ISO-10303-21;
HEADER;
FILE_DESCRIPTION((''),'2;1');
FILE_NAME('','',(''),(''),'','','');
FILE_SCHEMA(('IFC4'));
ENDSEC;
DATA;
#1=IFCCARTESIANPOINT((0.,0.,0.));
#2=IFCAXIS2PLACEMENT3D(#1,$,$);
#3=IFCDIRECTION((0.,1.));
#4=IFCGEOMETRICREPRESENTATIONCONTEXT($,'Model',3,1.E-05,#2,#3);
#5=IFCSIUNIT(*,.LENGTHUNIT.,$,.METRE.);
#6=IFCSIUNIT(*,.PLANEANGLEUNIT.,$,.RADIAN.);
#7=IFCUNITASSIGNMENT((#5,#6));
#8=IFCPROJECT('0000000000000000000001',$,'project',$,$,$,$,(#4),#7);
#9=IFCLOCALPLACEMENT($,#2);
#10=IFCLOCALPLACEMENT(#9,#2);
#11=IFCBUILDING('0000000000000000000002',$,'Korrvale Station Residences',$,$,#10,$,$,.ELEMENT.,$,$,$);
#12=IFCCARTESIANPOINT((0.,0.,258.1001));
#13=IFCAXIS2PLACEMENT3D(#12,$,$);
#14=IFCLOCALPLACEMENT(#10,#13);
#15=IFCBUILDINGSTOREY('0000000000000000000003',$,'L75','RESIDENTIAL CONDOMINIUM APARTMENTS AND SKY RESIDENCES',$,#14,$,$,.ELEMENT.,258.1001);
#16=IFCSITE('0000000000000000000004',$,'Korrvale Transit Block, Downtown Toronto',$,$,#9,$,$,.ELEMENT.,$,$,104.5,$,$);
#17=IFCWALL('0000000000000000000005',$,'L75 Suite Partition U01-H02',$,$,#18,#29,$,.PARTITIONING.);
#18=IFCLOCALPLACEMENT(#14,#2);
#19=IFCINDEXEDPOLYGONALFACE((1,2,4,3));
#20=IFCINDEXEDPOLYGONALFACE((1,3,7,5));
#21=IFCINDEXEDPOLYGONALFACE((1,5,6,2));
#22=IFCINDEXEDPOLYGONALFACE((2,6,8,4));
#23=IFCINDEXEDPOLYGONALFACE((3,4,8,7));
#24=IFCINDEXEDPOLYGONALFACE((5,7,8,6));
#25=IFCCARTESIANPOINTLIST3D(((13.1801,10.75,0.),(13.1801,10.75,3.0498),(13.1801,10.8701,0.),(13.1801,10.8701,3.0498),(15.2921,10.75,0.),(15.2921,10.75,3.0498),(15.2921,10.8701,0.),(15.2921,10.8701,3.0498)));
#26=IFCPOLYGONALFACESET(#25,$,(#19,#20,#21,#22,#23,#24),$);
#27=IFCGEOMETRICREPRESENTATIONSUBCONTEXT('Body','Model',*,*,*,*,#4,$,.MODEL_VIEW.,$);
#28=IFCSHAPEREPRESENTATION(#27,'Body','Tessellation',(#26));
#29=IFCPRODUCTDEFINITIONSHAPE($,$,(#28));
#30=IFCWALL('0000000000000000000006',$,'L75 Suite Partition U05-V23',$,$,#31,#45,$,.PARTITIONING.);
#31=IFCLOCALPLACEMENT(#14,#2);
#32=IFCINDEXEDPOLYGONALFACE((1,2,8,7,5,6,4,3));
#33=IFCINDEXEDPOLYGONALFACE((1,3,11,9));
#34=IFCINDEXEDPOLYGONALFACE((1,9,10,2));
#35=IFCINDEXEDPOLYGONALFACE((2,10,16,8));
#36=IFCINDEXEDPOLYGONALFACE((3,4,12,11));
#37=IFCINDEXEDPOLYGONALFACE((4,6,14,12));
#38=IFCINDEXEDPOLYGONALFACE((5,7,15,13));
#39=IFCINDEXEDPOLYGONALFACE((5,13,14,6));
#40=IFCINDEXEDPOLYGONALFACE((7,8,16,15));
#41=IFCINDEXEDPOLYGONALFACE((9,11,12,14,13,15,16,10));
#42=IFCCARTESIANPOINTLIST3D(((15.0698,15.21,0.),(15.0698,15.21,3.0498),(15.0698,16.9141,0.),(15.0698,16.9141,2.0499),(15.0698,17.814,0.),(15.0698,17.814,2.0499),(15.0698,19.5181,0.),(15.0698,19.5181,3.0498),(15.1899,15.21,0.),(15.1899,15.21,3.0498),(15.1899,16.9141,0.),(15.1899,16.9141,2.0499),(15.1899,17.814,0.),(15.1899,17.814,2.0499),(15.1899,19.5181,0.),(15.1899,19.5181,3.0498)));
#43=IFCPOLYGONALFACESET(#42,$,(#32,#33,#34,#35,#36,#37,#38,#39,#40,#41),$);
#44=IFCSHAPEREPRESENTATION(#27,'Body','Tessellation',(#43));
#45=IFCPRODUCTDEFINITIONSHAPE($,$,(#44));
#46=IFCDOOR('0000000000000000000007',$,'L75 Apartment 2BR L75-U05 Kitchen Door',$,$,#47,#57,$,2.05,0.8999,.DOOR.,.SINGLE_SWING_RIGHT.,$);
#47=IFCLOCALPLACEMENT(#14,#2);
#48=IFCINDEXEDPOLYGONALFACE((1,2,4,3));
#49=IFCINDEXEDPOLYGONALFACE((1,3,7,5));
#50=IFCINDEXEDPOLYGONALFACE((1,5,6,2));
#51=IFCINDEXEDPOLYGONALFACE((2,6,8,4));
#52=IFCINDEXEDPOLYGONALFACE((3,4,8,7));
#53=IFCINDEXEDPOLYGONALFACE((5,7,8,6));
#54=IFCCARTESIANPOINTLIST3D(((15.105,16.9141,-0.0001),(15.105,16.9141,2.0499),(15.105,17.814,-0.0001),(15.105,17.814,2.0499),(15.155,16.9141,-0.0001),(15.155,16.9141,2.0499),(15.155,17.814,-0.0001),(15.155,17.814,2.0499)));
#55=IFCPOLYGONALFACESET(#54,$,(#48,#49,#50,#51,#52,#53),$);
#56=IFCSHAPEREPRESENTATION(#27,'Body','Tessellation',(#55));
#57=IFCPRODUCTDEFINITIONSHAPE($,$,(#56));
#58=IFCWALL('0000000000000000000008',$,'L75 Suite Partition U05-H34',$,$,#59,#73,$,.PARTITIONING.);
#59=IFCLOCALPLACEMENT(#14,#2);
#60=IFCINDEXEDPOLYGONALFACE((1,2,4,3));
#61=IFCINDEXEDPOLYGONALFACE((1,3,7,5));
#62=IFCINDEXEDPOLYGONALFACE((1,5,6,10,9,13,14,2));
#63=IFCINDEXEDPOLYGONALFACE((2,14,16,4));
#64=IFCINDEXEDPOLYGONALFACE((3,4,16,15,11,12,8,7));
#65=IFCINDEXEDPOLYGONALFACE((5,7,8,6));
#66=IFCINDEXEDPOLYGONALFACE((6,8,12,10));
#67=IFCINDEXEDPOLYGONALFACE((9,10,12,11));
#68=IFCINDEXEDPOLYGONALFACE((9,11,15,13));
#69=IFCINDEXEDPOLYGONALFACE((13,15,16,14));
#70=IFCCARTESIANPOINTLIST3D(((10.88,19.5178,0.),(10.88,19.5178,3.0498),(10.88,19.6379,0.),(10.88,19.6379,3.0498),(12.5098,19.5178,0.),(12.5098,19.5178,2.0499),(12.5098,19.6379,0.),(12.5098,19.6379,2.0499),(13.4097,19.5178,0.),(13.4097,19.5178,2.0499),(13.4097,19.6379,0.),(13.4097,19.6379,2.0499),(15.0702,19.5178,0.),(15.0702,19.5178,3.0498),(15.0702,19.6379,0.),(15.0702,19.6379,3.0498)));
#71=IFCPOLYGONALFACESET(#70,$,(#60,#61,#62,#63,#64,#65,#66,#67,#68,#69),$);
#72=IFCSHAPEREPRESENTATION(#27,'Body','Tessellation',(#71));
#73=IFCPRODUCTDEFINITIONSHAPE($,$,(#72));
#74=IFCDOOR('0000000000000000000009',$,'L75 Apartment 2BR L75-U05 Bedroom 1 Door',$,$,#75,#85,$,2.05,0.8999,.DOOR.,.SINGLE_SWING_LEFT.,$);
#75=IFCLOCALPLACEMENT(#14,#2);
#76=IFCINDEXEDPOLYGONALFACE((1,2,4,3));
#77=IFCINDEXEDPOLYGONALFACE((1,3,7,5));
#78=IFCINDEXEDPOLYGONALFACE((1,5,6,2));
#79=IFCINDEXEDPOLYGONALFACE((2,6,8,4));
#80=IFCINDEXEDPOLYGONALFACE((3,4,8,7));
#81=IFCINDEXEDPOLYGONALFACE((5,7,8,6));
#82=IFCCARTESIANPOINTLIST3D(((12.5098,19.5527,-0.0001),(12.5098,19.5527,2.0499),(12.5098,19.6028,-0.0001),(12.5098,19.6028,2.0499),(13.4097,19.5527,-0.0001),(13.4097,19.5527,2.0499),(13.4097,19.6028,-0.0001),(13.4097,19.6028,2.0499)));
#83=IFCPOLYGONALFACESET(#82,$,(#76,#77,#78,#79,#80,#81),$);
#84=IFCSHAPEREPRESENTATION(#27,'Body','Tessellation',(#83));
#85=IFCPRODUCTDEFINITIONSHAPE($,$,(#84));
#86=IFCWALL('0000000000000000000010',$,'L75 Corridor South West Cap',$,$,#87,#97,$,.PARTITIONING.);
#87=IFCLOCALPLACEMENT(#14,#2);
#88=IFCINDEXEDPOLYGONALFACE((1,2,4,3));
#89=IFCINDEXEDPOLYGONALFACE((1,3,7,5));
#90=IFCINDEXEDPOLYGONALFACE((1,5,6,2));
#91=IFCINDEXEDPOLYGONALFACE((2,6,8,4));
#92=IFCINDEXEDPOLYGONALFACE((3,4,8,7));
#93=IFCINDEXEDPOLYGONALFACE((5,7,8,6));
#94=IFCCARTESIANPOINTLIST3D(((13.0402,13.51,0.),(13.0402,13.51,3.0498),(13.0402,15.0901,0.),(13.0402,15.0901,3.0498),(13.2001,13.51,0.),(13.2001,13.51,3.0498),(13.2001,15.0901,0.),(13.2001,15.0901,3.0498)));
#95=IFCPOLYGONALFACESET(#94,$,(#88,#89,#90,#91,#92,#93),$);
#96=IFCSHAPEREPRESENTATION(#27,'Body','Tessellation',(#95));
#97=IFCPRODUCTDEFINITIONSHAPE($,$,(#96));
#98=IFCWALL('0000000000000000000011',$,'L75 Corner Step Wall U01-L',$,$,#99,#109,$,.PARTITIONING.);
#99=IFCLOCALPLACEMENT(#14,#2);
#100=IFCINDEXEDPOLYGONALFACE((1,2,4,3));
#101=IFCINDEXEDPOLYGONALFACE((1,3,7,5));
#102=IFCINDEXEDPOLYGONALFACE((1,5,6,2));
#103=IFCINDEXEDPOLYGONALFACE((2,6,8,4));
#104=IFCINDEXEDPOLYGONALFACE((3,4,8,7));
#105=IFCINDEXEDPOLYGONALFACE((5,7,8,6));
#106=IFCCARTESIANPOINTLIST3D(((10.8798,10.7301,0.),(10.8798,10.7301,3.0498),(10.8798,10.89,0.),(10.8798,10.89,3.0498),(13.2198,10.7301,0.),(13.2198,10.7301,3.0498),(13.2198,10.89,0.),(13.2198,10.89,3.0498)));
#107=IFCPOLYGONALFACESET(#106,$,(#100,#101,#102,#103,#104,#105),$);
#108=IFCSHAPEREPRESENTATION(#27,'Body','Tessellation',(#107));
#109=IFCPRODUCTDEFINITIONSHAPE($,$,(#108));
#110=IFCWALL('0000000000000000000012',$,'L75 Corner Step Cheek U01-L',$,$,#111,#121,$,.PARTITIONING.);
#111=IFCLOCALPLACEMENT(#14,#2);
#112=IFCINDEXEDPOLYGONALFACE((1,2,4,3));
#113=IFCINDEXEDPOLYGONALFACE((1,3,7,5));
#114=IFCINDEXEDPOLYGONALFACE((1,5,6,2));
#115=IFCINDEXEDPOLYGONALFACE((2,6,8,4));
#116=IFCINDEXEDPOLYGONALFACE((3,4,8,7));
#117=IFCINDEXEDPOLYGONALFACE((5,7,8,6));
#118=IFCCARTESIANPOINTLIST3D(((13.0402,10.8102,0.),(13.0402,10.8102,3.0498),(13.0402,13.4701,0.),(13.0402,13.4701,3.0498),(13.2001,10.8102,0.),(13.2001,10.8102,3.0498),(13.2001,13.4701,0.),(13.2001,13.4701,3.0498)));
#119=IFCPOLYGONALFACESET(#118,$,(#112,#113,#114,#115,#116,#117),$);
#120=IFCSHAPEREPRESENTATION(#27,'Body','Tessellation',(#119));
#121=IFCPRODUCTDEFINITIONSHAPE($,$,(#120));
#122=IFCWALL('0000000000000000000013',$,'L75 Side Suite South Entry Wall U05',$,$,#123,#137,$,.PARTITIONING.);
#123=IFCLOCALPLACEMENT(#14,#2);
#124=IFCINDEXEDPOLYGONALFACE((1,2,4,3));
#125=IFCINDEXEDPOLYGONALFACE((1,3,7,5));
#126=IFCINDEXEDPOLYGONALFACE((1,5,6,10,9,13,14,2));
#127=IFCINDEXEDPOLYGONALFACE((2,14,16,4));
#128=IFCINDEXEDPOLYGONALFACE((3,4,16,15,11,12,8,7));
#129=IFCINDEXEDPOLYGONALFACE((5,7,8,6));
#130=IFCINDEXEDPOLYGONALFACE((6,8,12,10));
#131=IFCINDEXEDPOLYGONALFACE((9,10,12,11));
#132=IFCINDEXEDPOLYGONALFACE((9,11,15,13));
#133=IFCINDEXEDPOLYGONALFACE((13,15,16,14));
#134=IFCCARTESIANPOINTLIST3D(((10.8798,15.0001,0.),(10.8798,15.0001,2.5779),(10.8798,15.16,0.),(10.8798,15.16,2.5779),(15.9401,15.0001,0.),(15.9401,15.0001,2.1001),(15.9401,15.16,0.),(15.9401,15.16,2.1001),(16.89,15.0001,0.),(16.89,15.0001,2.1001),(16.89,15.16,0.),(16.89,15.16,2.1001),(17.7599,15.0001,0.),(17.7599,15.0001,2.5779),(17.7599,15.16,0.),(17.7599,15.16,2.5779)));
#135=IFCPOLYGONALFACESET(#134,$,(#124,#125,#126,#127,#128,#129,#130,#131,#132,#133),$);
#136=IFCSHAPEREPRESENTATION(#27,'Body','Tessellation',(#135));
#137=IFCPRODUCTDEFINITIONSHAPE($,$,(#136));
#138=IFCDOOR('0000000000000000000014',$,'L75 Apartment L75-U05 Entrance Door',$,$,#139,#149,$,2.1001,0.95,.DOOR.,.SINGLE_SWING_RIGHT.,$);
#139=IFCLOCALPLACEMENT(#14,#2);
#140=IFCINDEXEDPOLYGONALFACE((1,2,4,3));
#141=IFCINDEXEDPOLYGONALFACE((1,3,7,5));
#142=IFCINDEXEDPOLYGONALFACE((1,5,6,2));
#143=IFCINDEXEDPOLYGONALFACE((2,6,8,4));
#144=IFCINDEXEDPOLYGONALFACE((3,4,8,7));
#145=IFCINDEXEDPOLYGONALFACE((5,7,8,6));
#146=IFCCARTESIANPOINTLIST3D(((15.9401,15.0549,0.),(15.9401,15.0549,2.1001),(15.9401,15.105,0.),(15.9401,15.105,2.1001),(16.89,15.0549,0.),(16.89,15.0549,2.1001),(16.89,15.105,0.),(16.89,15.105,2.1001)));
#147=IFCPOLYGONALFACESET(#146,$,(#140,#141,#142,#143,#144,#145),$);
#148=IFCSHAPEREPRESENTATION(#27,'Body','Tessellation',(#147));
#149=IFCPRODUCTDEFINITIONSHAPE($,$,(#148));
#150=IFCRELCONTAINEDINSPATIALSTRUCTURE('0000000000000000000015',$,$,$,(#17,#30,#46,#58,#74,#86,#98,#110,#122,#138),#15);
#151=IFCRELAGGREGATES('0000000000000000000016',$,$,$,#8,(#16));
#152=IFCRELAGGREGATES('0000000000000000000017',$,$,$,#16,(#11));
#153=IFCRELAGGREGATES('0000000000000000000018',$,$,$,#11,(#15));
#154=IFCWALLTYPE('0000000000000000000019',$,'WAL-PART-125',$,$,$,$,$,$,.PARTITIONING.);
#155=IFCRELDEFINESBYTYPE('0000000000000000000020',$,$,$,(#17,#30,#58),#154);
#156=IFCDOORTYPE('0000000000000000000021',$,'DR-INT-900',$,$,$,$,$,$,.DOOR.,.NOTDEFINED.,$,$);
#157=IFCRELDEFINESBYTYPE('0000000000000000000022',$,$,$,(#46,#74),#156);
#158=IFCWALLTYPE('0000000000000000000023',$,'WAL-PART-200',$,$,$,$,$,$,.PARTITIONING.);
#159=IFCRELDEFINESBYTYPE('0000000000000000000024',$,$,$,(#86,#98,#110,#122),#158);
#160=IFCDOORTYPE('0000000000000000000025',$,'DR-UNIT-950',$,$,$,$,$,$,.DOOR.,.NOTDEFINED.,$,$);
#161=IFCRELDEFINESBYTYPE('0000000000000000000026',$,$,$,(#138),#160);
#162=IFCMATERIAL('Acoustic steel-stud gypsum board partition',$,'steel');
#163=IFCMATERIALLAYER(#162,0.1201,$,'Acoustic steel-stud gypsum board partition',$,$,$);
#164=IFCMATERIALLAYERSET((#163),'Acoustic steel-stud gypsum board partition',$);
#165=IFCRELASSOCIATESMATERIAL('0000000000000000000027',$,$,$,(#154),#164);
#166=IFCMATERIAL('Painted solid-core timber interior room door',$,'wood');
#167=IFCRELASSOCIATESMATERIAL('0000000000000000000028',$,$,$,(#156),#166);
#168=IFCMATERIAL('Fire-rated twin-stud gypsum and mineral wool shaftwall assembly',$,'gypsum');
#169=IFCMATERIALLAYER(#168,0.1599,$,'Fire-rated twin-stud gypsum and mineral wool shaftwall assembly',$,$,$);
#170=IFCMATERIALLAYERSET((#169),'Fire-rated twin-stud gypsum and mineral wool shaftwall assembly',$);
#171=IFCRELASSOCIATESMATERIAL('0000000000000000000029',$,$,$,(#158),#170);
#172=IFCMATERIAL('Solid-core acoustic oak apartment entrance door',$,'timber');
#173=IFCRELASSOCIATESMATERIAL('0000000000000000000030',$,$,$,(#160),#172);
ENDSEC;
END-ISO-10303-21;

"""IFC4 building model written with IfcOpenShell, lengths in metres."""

from ifc_helpers import new_model, si_unit, direction, frame, frame_2d, origin, place, context, subcontext, project, spatial, rectangle, extrude, material, layer, layer_set, type_object, element, fill, save


model = new_model("IFC4")

# Units and contexts
model_context = context("Model", 3, precision=1e-05, world=origin(), true_north=direction((0.0, 1.0)))
body_context = subcontext(model_context, "Body", "Model", "MODEL_VIEW")
ifc_project = project(units=[si_unit("LENGTHUNIT", "METRE"), si_unit("PLANEANGLEUNIT", "RADIAN")], contexts=[model_context])

# Site, building, storey
site_placement = place(None, origin())
site = spatial("IfcSite", under=ifc_project, at=site_placement, Name="Korrvale Transit Block, Downtown Toronto", CompositionType="ELEMENT", RefElevation=104.5)
building_placement = place(site_placement, origin())
building = spatial("IfcBuilding", under=site, at=building_placement, Name="Korrvale Station Residences", CompositionType="ELEMENT")
storey_placement = place(building_placement, frame((0.0, 0.0, 258.1001)))
storey = spatial("IfcBuildingStorey", under=building, at=storey_placement, Name="L75", Description="RESIDENTIAL CONDOMINIUM APARTMENTS AND SKY RESIDENCES", CompositionType="ELEMENT", Elevation=258.1001)

# Wall
ifc_material_1 = material(Name="Acoustic steel-stud gypsum board partition", Category="steel")
ifc_layer_1 = layer(ifc_material_1, 0.1201, Name="Acoustic steel-stud gypsum board partition")
ifc_layer_set_1 = layer_set([ifc_layer_1], Name="Acoustic steel-stud gypsum board partition")
wall_type_1 = type_object("IfcWallType", Name="WAL-PART-125", PredefinedType="PARTITIONING", material=ifc_layer_set_1)
wall_1_placement = place(storey_placement, frame((13.1799, 10.8101, 0.0), z_axis=(0.0, 0.0, 1.0), x_axis=(1.0, 0.0, 0.0)))
element("IfcWall", 1, at=wall_1_placement, inside=storey, type_object=wall_type_1, Name="L75 Suite Partition U01-H02", PredefinedType="PARTITIONING", context=body_context, shape_type="SweptSolid", body=[
    extrude(rectangle(XDim=2.1121, YDim=0.1201, at=frame_2d((1.0562, 0.0))), origin(), (0.0, 0.0, 1.0), 3.0498),
])

# Walls, openings, doors
wall_2_placement = place(storey_placement, frame((15.1299, 15.21, 0.0), z_axis=(0.0, 0.0, 1.0), x_axis=(0.0, 1.0, 0.0)))
wall_2 = element("IfcWall", 2, at=wall_2_placement, inside=storey, type_object=wall_type_1, Name="L75 Suite Partition U05-V23", PredefinedType="PARTITIONING", context=body_context, shape_type="SweptSolid", body=[
    extrude(rectangle(XDim=4.3081, YDim=0.1201, at=frame_2d((2.1541, 0.0))), origin(), (0.0, 0.0, 1.0), 3.0498),
])
opening_1_placement = place(wall_2_placement, frame((1.7041, 0.0, 0.0)))
opening_1 = element("IfcOpeningElement", 3, at=opening_1_placement, cuts=wall_2, PredefinedType="OPENING", context=body_context, shape_type="SweptSolid", body=[
    extrude(rectangle(XDim=0.8999, YDim=2.05, at=frame_2d((0.45, 1.0249))), frame((0.0, 0.0701, 0.0), z_axis=(0.0, -1.0, 0.0), x_axis=(1.0, 0.0, 0.0)), (0.0, 0.0, 1.0), 0.1401),
])
ifc_material_2 = material(Name="Painted solid-core timber interior room door", Category="wood")
door_type_1 = type_object("IfcDoorType", Name="DR-INT-900", OperationType="NOTDEFINED", PredefinedType="DOOR", material=ifc_material_2)
door_1_placement = place(opening_1_placement, origin())
door_1 = element("IfcDoor", 4, at=door_1_placement, inside=storey, type_object=door_type_1, Name="L75 Apartment 2BR L75-U05 Kitchen Door", OperationType="SINGLE_SWING_RIGHT", OverallHeight=2.05, OverallWidth=0.8999, PredefinedType="DOOR", context=body_context, shape_type="SweptSolid", body=[
    extrude(rectangle(XDim=0.8999, YDim=2.05, at=frame_2d((0.45, 1.0249))), frame((0.0, 0.0249, 0.0), z_axis=(0.0, -1.0, 0.0), x_axis=(1.0, 0.0, 0.0)), (0.0, 0.0, 1.0), 0.05),
])
fill(opening_1, door_1)
wall_3_placement = place(storey_placement, frame((10.8799, 19.5779, 0.0), z_axis=(0.0, 0.0, 1.0), x_axis=(1.0, 0.0, 0.0)))
wall_3 = element("IfcWall", 5, at=wall_3_placement, inside=storey, type_object=wall_type_1, Name="L75 Suite Partition U05-H34", PredefinedType="PARTITIONING", context=body_context, shape_type="SweptSolid", body=[
    extrude(rectangle(XDim=4.1902, YDim=0.1201, at=frame_2d((2.0952, 0.0))), origin(), (0.0, 0.0, 1.0), 3.0498),
])
opening_2_placement = place(wall_3_placement, frame((1.6299, 0.0, 0.0)))
opening_2 = element("IfcOpeningElement", 6, at=opening_2_placement, cuts=wall_3, PredefinedType="OPENING", context=body_context, shape_type="SweptSolid", body=[
    extrude(rectangle(XDim=0.8999, YDim=2.05, at=frame_2d((0.45, 1.0249))), frame((0.0, 0.0701, 0.0), z_axis=(0.0, -1.0, 0.0), x_axis=(1.0, 0.0, 0.0)), (0.0, 0.0, 1.0), 0.1401),
])
door_2_placement = place(opening_2_placement, origin())
door_2 = element("IfcDoor", 7, at=door_2_placement, inside=storey, type_object=door_type_1, Name="L75 Apartment 2BR L75-U05 Bedroom 1 Door", OperationType="SINGLE_SWING_LEFT", OverallHeight=2.05, OverallWidth=0.8999, PredefinedType="DOOR", context=body_context, shape_type="SweptSolid", body=[
    extrude(rectangle(XDim=0.8999, YDim=2.05, at=frame_2d((0.45, 1.0249))), frame((0.0, 0.0249, 0.0), z_axis=(0.0, -1.0, 0.0), x_axis=(1.0, 0.0, 0.0)), (0.0, 0.0, 1.0), 0.05),
])
fill(opening_2, door_2)

# Walls
ifc_material_3 = material(Name="Fire-rated twin-stud gypsum and mineral wool shaftwall assembly", Category="gypsum")
ifc_layer_2 = layer(ifc_material_3, 0.1599, Name="Fire-rated twin-stud gypsum and mineral wool shaftwall assembly")
ifc_layer_set_2 = layer_set([ifc_layer_2], Name="Fire-rated twin-stud gypsum and mineral wool shaftwall assembly")
wall_type_2 = type_object("IfcWallType", Name="WAL-PART-200", PredefinedType="PARTITIONING", material=ifc_layer_set_2)
wall_4_placement = place(storey_placement, frame((13.1201, 13.51, 0.0), z_axis=(0.0, 0.0, 1.0), x_axis=(0.0, 1.0, 0.0)))
element("IfcWall", 8, at=wall_4_placement, inside=storey, type_object=wall_type_2, Name="L75 Corridor South West Cap", PredefinedType="PARTITIONING", context=body_context, shape_type="SweptSolid", body=[
    extrude(rectangle(XDim=1.5801, YDim=0.1599, at=frame_2d((0.79, 0.0))), origin(), (0.0, 0.0, 1.0), 3.0498),
])
wall_5_placement = place(storey_placement, frame((10.8799, 10.8101, 0.0), z_axis=(0.0, 0.0, 1.0), x_axis=(1.0, 0.0, 0.0)))
element("IfcWall", 9, at=wall_5_placement, inside=storey, type_object=wall_type_2, Name="L75 Corner Step Wall U01-L", PredefinedType="PARTITIONING", context=body_context, shape_type="SweptSolid", body=[
    extrude(rectangle(XDim=2.3401, YDim=0.1599, at=frame_2d((1.1699, 0.0))), origin(), (0.0, 0.0, 1.0), 3.0498),
])
wall_6_placement = place(storey_placement, frame((13.1201, 10.8101, 0.0), z_axis=(0.0, 0.0, 1.0), x_axis=(0.0, 1.0, 0.0)))
element("IfcWall", 10, at=wall_6_placement, inside=storey, type_object=wall_type_2, Name="L75 Corner Step Cheek U01-L", PredefinedType="PARTITIONING", context=body_context, shape_type="SweptSolid", body=[
    extrude(rectangle(XDim=2.6599, YDim=0.1599, at=frame_2d((1.3301, 0.0))), origin(), (0.0, 0.0, 1.0), 3.0498),
])

# Wall, opening, door
wall_7_placement = place(storey_placement, frame((10.8799, 15.0801, 0.0), z_axis=(0.0, 0.0, 1.0), x_axis=(1.0, 0.0, 0.0)))
wall_7 = element("IfcWall", 11, at=wall_7_placement, inside=storey, type_object=wall_type_2, Name="L75 Side Suite South Entry Wall U05", PredefinedType="PARTITIONING", context=body_context, shape_type="SweptSolid", body=[
    extrude(rectangle(XDim=6.8801, YDim=0.1599, at=frame_2d((3.4399, 0.0))), origin(), (0.0, 0.0, 1.0), 2.5779),
])
opening_3_placement = place(wall_7_placement, frame((5.0601, 0.0, 0.0)))
opening_3 = element("IfcOpeningElement", 12, at=opening_3_placement, cuts=wall_7, PredefinedType="OPENING", context=body_context, shape_type="SweptSolid", body=[
    extrude(rectangle(XDim=0.95, YDim=2.1001, at=frame_2d((0.4751, 1.05))), frame((0.0, 0.0898, 0.0), z_axis=(0.0, -1.0, 0.0), x_axis=(1.0, 0.0, 0.0)), (0.0, 0.0, 1.0), 0.1799),
])
ifc_material_4 = material(Name="Solid-core acoustic oak apartment entrance door", Category="timber")
door_type_2 = type_object("IfcDoorType", Name="DR-UNIT-950", OperationType="NOTDEFINED", PredefinedType="DOOR", material=ifc_material_4)
door_3_placement = place(opening_3_placement, origin())
door_3 = element("IfcDoor", 13, at=door_3_placement, inside=storey, type_object=door_type_2, Name="L75 Apartment L75-U05 Entrance Door", OperationType="SINGLE_SWING_RIGHT", OverallHeight=2.1001, OverallWidth=0.95, PredefinedType="DOOR", context=body_context, shape_type="SweptSolid", body=[
    extrude(rectangle(XDim=0.95, YDim=2.1001, at=frame_2d((0.4751, 1.05))), frame((0.0, 0.0249, 0.0), z_axis=(0.0, -1.0, 0.0), x_axis=(1.0, 0.0, 0.0)), (0.0, 0.0, 1.0), 0.05),
])
fill(opening_3, door_3)

save(model, "model.ifc")
